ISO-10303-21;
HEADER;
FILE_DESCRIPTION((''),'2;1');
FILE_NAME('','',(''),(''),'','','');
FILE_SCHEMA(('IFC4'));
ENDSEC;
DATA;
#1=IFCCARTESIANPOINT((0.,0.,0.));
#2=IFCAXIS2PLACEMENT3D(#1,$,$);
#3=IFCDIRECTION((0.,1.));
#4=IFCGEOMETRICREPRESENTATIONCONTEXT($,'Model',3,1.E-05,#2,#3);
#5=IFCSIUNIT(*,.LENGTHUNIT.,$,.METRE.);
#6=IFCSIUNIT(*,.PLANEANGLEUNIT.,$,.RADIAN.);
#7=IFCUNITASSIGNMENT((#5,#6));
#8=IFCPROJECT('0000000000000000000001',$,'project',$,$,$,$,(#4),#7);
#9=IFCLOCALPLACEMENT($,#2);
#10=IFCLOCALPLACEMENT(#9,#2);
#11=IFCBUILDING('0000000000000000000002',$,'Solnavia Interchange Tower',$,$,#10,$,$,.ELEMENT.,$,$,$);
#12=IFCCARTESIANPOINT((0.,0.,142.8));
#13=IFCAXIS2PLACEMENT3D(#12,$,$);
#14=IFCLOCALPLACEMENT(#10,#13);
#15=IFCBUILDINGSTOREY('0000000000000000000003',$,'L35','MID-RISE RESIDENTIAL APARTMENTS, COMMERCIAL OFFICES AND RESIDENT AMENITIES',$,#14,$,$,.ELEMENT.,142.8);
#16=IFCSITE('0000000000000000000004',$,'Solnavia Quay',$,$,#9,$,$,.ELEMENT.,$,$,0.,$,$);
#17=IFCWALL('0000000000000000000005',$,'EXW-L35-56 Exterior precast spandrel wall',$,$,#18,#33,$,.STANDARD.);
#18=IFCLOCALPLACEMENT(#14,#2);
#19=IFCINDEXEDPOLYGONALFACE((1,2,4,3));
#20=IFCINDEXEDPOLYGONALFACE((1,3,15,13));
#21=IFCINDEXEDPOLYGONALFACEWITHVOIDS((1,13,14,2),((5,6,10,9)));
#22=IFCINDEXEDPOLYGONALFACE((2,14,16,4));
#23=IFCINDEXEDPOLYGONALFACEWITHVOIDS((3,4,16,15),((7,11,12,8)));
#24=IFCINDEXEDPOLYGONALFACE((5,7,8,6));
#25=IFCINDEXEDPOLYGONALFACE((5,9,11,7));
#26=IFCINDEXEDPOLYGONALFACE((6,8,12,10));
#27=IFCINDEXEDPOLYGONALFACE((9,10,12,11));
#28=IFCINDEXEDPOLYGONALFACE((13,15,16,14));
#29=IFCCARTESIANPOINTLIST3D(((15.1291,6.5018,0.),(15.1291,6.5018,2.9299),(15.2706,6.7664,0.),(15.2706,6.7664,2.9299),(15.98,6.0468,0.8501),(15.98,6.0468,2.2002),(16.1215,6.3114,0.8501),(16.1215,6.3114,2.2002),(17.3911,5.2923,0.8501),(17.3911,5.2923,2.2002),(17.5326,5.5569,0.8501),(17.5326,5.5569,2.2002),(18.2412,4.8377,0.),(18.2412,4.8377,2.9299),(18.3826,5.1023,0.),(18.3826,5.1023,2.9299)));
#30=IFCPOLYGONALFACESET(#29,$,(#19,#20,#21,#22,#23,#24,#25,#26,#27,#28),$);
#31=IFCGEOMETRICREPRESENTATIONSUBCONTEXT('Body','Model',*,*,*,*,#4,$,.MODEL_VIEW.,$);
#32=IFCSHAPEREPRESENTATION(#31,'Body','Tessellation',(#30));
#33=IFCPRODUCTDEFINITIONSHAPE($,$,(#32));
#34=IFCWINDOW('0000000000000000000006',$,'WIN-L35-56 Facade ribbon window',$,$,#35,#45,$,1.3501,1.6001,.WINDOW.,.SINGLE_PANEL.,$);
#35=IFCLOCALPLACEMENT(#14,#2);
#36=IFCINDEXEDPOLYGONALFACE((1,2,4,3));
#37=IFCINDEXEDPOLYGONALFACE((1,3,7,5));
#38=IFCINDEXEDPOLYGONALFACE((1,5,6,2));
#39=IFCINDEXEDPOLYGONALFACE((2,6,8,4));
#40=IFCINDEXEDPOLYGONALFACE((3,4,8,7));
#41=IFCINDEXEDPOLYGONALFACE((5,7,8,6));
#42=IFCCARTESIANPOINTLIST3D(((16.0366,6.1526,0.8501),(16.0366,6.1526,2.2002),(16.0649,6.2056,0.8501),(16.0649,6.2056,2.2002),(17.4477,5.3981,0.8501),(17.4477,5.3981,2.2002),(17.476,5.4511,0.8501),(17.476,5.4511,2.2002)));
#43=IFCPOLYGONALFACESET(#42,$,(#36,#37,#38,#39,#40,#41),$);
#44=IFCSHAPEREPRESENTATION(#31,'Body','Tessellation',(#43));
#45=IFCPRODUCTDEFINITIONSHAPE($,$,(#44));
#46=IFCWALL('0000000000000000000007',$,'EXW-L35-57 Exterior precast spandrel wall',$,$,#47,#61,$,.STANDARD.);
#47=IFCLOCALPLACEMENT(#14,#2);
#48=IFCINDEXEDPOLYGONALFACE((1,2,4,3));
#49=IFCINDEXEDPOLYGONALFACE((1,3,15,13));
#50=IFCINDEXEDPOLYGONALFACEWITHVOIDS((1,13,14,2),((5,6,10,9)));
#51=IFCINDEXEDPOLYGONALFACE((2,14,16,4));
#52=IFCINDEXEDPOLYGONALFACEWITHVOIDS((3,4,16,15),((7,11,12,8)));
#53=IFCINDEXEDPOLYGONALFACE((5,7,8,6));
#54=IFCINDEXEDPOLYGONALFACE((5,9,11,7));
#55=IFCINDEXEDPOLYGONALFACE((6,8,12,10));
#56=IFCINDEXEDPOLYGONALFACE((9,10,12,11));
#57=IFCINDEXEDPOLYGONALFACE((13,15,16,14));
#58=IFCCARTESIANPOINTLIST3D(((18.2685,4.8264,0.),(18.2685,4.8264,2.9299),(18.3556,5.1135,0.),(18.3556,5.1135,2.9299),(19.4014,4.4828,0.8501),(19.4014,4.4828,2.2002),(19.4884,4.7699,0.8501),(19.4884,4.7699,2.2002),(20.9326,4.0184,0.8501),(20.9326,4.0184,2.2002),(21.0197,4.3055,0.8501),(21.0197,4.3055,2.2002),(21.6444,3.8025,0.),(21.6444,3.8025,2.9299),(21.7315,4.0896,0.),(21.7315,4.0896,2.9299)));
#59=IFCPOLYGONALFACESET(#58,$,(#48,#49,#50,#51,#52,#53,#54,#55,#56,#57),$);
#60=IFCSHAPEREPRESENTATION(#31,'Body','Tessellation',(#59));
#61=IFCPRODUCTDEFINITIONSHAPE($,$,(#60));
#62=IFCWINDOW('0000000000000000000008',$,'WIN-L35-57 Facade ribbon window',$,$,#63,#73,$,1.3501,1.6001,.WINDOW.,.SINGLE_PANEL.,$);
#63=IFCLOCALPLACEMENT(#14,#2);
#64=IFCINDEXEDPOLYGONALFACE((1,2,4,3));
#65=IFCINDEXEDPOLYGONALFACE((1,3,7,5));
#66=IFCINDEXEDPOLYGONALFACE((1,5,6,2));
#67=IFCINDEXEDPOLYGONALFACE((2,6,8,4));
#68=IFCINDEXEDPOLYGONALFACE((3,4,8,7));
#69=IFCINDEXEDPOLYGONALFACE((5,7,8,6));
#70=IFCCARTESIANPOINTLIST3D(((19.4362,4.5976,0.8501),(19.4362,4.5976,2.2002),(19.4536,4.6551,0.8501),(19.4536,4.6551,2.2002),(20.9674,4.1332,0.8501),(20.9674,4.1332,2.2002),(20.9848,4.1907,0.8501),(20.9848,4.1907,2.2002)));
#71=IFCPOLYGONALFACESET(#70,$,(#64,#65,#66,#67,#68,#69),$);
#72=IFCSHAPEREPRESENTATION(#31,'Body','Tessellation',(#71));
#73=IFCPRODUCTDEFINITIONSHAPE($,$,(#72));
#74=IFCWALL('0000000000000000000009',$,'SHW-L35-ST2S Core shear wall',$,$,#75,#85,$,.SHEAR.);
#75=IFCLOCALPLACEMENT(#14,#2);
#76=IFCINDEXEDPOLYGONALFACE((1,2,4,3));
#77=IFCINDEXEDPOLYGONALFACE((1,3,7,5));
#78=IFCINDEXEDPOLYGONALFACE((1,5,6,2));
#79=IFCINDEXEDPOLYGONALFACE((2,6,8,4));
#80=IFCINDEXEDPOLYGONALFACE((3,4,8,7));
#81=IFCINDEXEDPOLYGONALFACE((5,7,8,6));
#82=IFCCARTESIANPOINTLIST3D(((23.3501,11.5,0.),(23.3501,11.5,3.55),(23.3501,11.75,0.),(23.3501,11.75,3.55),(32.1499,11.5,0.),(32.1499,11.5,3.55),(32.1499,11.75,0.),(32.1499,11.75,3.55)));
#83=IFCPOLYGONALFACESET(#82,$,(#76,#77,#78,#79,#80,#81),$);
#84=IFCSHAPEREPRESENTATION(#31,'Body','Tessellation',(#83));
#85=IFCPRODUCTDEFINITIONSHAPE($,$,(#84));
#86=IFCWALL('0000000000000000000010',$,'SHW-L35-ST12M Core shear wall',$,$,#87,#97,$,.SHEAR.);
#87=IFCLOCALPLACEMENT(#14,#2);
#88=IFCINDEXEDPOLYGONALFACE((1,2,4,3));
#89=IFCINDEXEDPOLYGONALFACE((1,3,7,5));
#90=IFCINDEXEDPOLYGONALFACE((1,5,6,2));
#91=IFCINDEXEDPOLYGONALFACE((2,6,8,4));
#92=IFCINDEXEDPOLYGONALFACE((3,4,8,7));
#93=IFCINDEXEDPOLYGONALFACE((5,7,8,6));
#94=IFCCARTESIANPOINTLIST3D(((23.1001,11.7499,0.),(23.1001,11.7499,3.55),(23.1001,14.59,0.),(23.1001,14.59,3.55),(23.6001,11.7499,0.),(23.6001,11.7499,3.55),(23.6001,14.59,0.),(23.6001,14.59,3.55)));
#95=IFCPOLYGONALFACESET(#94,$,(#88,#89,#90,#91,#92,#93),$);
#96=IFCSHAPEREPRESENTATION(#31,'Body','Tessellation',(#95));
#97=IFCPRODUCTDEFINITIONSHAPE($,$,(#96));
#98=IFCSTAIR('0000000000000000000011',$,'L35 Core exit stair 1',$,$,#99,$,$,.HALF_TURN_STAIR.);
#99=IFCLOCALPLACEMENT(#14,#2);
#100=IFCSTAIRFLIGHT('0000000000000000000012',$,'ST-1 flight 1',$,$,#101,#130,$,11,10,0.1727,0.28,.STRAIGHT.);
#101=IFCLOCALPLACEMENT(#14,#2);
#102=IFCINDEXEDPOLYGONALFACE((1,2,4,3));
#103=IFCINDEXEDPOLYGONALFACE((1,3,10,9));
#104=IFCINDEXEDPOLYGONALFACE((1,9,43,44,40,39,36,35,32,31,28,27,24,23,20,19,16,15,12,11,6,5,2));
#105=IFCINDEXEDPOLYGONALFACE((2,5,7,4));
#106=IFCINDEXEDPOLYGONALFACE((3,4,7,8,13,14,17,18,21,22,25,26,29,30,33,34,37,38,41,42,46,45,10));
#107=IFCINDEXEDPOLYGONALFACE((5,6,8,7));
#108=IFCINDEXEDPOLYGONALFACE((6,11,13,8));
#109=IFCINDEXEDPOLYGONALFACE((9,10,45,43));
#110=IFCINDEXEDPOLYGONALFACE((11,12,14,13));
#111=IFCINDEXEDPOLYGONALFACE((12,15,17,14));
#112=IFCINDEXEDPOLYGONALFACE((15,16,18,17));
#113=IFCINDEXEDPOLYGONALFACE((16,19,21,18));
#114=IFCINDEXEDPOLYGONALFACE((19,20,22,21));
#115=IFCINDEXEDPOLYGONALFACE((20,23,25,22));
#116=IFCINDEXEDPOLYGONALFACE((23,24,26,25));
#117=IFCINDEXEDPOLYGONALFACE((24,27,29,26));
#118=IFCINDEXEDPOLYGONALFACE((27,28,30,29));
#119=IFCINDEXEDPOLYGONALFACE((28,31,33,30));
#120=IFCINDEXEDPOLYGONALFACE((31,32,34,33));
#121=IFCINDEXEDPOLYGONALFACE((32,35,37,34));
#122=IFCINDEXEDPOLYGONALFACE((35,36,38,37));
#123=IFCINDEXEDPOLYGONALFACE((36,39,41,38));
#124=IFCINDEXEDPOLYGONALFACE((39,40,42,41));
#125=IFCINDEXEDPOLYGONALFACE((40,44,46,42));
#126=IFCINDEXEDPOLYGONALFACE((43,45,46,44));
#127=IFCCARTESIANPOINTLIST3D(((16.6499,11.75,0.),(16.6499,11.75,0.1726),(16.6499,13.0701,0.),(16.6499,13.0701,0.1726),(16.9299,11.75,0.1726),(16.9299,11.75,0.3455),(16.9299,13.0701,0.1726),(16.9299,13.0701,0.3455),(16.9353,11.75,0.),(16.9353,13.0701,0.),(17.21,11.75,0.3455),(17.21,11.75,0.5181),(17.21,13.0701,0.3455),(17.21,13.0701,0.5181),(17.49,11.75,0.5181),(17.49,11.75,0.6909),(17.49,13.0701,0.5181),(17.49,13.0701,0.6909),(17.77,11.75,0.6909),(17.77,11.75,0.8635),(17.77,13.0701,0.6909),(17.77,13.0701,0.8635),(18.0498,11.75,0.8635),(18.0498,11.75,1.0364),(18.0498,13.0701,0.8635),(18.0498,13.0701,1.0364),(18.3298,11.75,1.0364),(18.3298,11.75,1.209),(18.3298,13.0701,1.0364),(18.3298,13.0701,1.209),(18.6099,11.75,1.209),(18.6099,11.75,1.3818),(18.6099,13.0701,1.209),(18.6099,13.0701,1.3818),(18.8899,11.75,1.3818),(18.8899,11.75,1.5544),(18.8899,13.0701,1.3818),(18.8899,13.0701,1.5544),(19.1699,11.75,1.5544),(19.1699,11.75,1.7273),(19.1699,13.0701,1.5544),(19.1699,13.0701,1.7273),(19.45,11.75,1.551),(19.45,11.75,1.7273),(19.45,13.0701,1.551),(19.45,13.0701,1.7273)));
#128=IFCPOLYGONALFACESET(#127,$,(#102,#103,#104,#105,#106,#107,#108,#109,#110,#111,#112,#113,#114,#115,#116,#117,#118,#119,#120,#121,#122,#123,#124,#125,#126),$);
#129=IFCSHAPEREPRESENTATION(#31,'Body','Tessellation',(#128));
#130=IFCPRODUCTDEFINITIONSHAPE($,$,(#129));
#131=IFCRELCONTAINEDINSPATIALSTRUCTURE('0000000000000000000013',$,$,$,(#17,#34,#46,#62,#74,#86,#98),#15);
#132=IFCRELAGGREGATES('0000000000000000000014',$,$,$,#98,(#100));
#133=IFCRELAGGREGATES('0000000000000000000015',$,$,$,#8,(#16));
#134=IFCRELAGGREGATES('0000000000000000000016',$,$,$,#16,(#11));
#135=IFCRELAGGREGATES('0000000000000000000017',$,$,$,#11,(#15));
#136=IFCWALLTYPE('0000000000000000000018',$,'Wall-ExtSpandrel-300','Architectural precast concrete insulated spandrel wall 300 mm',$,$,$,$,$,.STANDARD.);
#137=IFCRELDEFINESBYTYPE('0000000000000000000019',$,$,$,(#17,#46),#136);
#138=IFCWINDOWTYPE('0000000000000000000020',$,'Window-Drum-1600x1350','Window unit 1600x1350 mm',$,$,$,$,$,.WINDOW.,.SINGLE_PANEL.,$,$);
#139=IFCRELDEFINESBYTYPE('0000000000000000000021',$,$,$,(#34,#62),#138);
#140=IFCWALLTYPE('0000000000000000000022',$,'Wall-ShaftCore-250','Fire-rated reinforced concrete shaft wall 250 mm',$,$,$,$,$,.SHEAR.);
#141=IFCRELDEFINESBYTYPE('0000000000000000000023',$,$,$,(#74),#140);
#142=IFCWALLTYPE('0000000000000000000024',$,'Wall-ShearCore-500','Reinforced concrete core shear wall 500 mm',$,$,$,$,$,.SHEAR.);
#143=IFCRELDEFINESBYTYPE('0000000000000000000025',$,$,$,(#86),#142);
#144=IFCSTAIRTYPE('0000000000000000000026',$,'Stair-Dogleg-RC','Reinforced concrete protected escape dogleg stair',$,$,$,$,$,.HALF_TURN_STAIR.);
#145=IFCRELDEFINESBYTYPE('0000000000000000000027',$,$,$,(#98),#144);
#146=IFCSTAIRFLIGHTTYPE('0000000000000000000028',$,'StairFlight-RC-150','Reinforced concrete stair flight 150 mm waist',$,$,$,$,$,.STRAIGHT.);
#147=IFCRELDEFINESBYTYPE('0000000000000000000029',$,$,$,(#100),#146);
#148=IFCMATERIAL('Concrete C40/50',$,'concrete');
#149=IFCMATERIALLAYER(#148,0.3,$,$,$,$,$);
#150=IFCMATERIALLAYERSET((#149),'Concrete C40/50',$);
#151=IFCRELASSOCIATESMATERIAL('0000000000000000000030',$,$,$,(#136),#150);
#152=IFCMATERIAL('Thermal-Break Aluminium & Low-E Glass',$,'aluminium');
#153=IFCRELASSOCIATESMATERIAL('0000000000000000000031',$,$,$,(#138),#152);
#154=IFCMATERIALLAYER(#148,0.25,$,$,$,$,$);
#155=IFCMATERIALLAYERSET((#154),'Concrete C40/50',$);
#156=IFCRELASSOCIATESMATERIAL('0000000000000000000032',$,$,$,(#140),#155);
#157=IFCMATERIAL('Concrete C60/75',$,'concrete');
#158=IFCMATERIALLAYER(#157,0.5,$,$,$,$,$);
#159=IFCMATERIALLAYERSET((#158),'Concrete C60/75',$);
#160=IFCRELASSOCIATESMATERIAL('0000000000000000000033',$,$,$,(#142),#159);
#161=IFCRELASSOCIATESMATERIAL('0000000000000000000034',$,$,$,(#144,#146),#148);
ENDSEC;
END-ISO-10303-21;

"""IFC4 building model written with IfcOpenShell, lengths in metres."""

from ifc_helpers import new_model, si_unit, direction, frame, frame_2d, origin, place, context, subcontext, project, spatial, polyline, rectangle, outline, extrude, material, layer, layer_set, type_object, element, fill, aggregate, save


model = new_model("IFC4")

# Units and contexts
model_context = context("Model", 3, precision=1e-05, world=origin(), true_north=direction((0.0, 1.0)))
body_context = subcontext(model_context, "Body", "Model", "MODEL_VIEW")
ifc_project = project(units=[si_unit("LENGTHUNIT", "METRE"), si_unit("PLANEANGLEUNIT", "RADIAN")], contexts=[model_context])

# Site, building, storey
site_placement = place(None, origin())
site = spatial("IfcSite", under=ifc_project, at=site_placement, Name="Solnavia Quay", CompositionType="ELEMENT", RefElevation=0.0)
building_placement = place(site_placement, origin())
building = spatial("IfcBuilding", under=site, at=building_placement, Name="Solnavia Interchange Tower", CompositionType="ELEMENT")
storey_placement = place(building_placement, frame((0.0, 0.0, 142.8)))
storey = spatial("IfcBuildingStorey", under=building, at=storey_placement, Name="L35", Description="MID-RISE RESIDENTIAL APARTMENTS, COMMERCIAL OFFICES AND RESIDENT AMENITIES", CompositionType="ELEMENT", Elevation=142.8)

# Walls, openings, windows
ifc_material_1 = material(Name="Concrete C40/50", Category="concrete")
ifc_layer_1 = layer(ifc_material_1, 0.3)
ifc_layer_set_1 = layer_set([ifc_layer_1], Name="Concrete C40/50")
wall_type_1 = type_object("IfcWallType", Name="Wall-ExtSpandrel-300", Description="Architectural precast concrete insulated spandrel wall 300 mm", PredefinedType="STANDARD", material=ifc_layer_set_1)
ifc_material_2 = material(Name="Thermal-Break Aluminium & Low-E Glass", Category="aluminium")
window_type = type_object("IfcWindowType", Name="Window-Drum-1600x1350", Description="Window unit 1600x1350 mm", PartitioningType="SINGLE_PANEL", PredefinedType="WINDOW", material=ifc_material_2)
wall_1_placement = place(storey_placement, frame((18.312, 4.97, 0.0), z_axis=(0.0, 0.0, 1.0), x_axis=(-0.881847, 0.471536, 0.0)))
wall_1 = element("IfcWall", 1, at=wall_1_placement, inside=storey, type_object=wall_type_1, Name="EXW-L35-56 Exterior precast spandrel wall", PredefinedType="STANDARD", context=body_context, shape_type="SweptSolid", body=[
    extrude(rectangle(XDim=3.5291, YDim=0.3, at=frame_2d((1.7646, 0.0))), origin(), (0.0, 0.0, 1.0), 2.9299),
])
opening_1_placement = place(wall_1_placement, frame((0.9641, 0.0, 0.8501)))
opening_1 = element("IfcOpeningElement", 2, at=opening_1_placement, cuts=wall_1, PredefinedType="OPENING", context=body_context, shape_type="SweptSolid", body=[
    extrude(rectangle(XDim=1.6001, YDim=1.3501, at=frame_2d((0.8, 0.675))), frame((0.0, 0.1602, 0.0), z_axis=(0.0, -1.0, 0.0), x_axis=(1.0, 0.0, 0.0)), (0.0, 0.0, 1.0), 0.3201),
])
window_1_placement = place(opening_1_placement, origin())
window_1 = element("IfcWindow", 3, at=window_1_placement, inside=storey, type_object=window_type, Name="WIN-L35-56 Facade ribbon window", OverallHeight=1.3501, OverallWidth=1.6001, PartitioningType="SINGLE_PANEL", PredefinedType="WINDOW", context=body_context, shape_type="SweptSolid", body=[
    extrude(rectangle(XDim=1.6001, YDim=1.3501, at=frame_2d((0.8, 0.675))), frame((0.0, 0.03, 0.0), z_axis=(0.0, -1.0, 0.0), x_axis=(1.0, 0.0, 0.0)), (0.0, 0.0, 1.0), 0.0601),
])
fill(opening_1, window_1)
wall_2_placement = place(storey_placement, frame((21.688, 3.946, 0.0), z_axis=(0.0, 0.0, 1.0), x_axis=(-0.956953, 0.290242, 0.0)))
wall_2 = element("IfcWall", 4, at=wall_2_placement, inside=storey, type_object=wall_type_1, Name="EXW-L35-57 Exterior precast spandrel wall", PredefinedType="STANDARD", context=body_context, shape_type="SweptSolid", body=[
    extrude(rectangle(XDim=3.5278, YDim=0.3, at=frame_2d((1.7639, 0.0))), origin(), (0.0, 0.0, 1.0), 2.9299),
])
opening_2_placement = place(wall_2_placement, frame((0.7439, 0.0, 0.8501)))
opening_2 = element("IfcOpeningElement", 5, at=opening_2_placement, cuts=wall_2, PredefinedType="OPENING", context=body_context, shape_type="SweptSolid", body=[
    extrude(rectangle(XDim=1.6001, YDim=1.3501, at=frame_2d((0.8, 0.675))), frame((0.0, 0.1602, 0.0), z_axis=(0.0, -1.0, 0.0), x_axis=(1.0, 0.0, 0.0)), (0.0, 0.0, 1.0), 0.3201),
])
window_2_placement = place(opening_2_placement, origin())
window_2 = element("IfcWindow", 6, at=window_2_placement, inside=storey, type_object=window_type, Name="WIN-L35-57 Facade ribbon window", OverallHeight=1.3501, OverallWidth=1.6001, PartitioningType="SINGLE_PANEL", PredefinedType="WINDOW", context=body_context, shape_type="SweptSolid", body=[
    extrude(rectangle(XDim=1.6001, YDim=1.3501, at=frame_2d((0.8, 0.675))), frame((0.0, 0.03, 0.0), z_axis=(0.0, -1.0, 0.0), x_axis=(1.0, 0.0, 0.0)), (0.0, 0.0, 1.0), 0.0601),
])
fill(opening_2, window_2)

# Walls
ifc_layer_2 = layer(ifc_material_1, 0.25)
ifc_layer_set_2 = layer_set([ifc_layer_2], Name="Concrete C40/50")
wall_type_2 = type_object("IfcWallType", Name="Wall-ShaftCore-250", Description="Fire-rated reinforced concrete shaft wall 250 mm", PredefinedType="SHEAR", material=ifc_layer_set_2)
wall_3_placement = place(storey_placement, frame((23.3501, 11.625, 0.0), z_axis=(0.0, 0.0, 1.0), x_axis=(1.0, 0.0, 0.0)))
element("IfcWall", 7, at=wall_3_placement, inside=storey, type_object=wall_type_2, Name="SHW-L35-ST2S Core shear wall", PredefinedType="SHEAR", context=body_context, shape_type="SweptSolid", body=[
    extrude(rectangle(XDim=8.7998, YDim=0.25, at=frame_2d((4.3999, 0.0))), origin(), (0.0, 0.0, 1.0), 3.55),
])
ifc_material_3 = material(Name="Concrete C60/75", Category="concrete")
ifc_layer_3 = layer(ifc_material_3, 0.5)
ifc_layer_set_3 = layer_set([ifc_layer_3], Name="Concrete C60/75")
wall_type_3 = type_object("IfcWallType", Name="Wall-ShearCore-500", Description="Reinforced concrete core shear wall 500 mm", PredefinedType="SHEAR", material=ifc_layer_set_3)
wall_4_placement = place(storey_placement, frame((23.3501, 11.75, 0.0), z_axis=(0.0, 0.0, 1.0), x_axis=(0.0, 1.0, 0.0)))
element("IfcWall", 8, at=wall_4_placement, inside=storey, type_object=wall_type_3, Name="SHW-L35-ST12M Core shear wall", PredefinedType="SHEAR", context=body_context, shape_type="SweptSolid", body=[
    extrude(rectangle(XDim=2.8401, YDim=0.5, at=frame_2d((1.4199, 0.0))), origin(), (0.0, 0.0, 1.0), 3.55),
])

# Stair, stair flight
stair_type = type_object("IfcStairType", Name="Stair-Dogleg-RC", Description="Reinforced concrete protected escape dogleg stair", PredefinedType="HALF_TURN_STAIR", material=ifc_material_1)
stair_placement = place(storey_placement, origin())
stair = element("IfcStair", 9, at=stair_placement, inside=storey, type_object=stair_type, Name="L35 Core exit stair 1", PredefinedType="HALF_TURN_STAIR")
stair_flight_type = type_object("IfcStairFlightType", Name="StairFlight-RC-150", Description="Reinforced concrete stair flight 150 mm waist", PredefinedType="STRAIGHT", material=ifc_material_1)
stair_flight_placement = place(storey_placement, frame((16.6499, 12.4099, 0.0), z_axis=(0.0, 0.0, 1.0), x_axis=(1.0, 0.0, 0.0)))
stair_flight = element("IfcStairFlight", 10, at=stair_flight_placement, type_object=stair_flight_type, Name="ST-1 flight 1", NumberOfRisers=11, NumberOfTreads=10, PredefinedType="STRAIGHT", RiserHeight=0.1727, TreadLength=0.28, context=body_context, shape_type="SweptSolid", body=[
    extrude(outline(polyline([(0.0, 0.0), (0.0, 0.1726), (0.28, 0.1726), (0.28, 0.3455), (0.5601, 0.3455), (0.5601, 0.5181), (0.8401, 0.5181), (0.8401, 0.6909), (1.1201, 0.6909), (1.1201, 0.8635), (1.3999, 0.8635), (1.3999, 1.0364), (1.6799, 1.0364), (1.6799, 1.209), (1.96, 1.209), (1.96, 1.3818), (2.24, 1.3818), (2.24, 1.5544), (2.52, 1.5544), (2.52, 1.7273), (2.8, 1.7273), (2.8, 1.8999), (2.8, 1.551), (0.2854, 0.0), (0.0, 0.0)])), frame((0.0, 0.6602, 0.0), z_axis=(0.0, -1.0, 0.0), x_axis=(1.0, 0.0, 0.0)), (0.0, 0.0, 1.0), 1.3201),
])
aggregate(stair, [stair_flight])

save(model, "model.ifc")
